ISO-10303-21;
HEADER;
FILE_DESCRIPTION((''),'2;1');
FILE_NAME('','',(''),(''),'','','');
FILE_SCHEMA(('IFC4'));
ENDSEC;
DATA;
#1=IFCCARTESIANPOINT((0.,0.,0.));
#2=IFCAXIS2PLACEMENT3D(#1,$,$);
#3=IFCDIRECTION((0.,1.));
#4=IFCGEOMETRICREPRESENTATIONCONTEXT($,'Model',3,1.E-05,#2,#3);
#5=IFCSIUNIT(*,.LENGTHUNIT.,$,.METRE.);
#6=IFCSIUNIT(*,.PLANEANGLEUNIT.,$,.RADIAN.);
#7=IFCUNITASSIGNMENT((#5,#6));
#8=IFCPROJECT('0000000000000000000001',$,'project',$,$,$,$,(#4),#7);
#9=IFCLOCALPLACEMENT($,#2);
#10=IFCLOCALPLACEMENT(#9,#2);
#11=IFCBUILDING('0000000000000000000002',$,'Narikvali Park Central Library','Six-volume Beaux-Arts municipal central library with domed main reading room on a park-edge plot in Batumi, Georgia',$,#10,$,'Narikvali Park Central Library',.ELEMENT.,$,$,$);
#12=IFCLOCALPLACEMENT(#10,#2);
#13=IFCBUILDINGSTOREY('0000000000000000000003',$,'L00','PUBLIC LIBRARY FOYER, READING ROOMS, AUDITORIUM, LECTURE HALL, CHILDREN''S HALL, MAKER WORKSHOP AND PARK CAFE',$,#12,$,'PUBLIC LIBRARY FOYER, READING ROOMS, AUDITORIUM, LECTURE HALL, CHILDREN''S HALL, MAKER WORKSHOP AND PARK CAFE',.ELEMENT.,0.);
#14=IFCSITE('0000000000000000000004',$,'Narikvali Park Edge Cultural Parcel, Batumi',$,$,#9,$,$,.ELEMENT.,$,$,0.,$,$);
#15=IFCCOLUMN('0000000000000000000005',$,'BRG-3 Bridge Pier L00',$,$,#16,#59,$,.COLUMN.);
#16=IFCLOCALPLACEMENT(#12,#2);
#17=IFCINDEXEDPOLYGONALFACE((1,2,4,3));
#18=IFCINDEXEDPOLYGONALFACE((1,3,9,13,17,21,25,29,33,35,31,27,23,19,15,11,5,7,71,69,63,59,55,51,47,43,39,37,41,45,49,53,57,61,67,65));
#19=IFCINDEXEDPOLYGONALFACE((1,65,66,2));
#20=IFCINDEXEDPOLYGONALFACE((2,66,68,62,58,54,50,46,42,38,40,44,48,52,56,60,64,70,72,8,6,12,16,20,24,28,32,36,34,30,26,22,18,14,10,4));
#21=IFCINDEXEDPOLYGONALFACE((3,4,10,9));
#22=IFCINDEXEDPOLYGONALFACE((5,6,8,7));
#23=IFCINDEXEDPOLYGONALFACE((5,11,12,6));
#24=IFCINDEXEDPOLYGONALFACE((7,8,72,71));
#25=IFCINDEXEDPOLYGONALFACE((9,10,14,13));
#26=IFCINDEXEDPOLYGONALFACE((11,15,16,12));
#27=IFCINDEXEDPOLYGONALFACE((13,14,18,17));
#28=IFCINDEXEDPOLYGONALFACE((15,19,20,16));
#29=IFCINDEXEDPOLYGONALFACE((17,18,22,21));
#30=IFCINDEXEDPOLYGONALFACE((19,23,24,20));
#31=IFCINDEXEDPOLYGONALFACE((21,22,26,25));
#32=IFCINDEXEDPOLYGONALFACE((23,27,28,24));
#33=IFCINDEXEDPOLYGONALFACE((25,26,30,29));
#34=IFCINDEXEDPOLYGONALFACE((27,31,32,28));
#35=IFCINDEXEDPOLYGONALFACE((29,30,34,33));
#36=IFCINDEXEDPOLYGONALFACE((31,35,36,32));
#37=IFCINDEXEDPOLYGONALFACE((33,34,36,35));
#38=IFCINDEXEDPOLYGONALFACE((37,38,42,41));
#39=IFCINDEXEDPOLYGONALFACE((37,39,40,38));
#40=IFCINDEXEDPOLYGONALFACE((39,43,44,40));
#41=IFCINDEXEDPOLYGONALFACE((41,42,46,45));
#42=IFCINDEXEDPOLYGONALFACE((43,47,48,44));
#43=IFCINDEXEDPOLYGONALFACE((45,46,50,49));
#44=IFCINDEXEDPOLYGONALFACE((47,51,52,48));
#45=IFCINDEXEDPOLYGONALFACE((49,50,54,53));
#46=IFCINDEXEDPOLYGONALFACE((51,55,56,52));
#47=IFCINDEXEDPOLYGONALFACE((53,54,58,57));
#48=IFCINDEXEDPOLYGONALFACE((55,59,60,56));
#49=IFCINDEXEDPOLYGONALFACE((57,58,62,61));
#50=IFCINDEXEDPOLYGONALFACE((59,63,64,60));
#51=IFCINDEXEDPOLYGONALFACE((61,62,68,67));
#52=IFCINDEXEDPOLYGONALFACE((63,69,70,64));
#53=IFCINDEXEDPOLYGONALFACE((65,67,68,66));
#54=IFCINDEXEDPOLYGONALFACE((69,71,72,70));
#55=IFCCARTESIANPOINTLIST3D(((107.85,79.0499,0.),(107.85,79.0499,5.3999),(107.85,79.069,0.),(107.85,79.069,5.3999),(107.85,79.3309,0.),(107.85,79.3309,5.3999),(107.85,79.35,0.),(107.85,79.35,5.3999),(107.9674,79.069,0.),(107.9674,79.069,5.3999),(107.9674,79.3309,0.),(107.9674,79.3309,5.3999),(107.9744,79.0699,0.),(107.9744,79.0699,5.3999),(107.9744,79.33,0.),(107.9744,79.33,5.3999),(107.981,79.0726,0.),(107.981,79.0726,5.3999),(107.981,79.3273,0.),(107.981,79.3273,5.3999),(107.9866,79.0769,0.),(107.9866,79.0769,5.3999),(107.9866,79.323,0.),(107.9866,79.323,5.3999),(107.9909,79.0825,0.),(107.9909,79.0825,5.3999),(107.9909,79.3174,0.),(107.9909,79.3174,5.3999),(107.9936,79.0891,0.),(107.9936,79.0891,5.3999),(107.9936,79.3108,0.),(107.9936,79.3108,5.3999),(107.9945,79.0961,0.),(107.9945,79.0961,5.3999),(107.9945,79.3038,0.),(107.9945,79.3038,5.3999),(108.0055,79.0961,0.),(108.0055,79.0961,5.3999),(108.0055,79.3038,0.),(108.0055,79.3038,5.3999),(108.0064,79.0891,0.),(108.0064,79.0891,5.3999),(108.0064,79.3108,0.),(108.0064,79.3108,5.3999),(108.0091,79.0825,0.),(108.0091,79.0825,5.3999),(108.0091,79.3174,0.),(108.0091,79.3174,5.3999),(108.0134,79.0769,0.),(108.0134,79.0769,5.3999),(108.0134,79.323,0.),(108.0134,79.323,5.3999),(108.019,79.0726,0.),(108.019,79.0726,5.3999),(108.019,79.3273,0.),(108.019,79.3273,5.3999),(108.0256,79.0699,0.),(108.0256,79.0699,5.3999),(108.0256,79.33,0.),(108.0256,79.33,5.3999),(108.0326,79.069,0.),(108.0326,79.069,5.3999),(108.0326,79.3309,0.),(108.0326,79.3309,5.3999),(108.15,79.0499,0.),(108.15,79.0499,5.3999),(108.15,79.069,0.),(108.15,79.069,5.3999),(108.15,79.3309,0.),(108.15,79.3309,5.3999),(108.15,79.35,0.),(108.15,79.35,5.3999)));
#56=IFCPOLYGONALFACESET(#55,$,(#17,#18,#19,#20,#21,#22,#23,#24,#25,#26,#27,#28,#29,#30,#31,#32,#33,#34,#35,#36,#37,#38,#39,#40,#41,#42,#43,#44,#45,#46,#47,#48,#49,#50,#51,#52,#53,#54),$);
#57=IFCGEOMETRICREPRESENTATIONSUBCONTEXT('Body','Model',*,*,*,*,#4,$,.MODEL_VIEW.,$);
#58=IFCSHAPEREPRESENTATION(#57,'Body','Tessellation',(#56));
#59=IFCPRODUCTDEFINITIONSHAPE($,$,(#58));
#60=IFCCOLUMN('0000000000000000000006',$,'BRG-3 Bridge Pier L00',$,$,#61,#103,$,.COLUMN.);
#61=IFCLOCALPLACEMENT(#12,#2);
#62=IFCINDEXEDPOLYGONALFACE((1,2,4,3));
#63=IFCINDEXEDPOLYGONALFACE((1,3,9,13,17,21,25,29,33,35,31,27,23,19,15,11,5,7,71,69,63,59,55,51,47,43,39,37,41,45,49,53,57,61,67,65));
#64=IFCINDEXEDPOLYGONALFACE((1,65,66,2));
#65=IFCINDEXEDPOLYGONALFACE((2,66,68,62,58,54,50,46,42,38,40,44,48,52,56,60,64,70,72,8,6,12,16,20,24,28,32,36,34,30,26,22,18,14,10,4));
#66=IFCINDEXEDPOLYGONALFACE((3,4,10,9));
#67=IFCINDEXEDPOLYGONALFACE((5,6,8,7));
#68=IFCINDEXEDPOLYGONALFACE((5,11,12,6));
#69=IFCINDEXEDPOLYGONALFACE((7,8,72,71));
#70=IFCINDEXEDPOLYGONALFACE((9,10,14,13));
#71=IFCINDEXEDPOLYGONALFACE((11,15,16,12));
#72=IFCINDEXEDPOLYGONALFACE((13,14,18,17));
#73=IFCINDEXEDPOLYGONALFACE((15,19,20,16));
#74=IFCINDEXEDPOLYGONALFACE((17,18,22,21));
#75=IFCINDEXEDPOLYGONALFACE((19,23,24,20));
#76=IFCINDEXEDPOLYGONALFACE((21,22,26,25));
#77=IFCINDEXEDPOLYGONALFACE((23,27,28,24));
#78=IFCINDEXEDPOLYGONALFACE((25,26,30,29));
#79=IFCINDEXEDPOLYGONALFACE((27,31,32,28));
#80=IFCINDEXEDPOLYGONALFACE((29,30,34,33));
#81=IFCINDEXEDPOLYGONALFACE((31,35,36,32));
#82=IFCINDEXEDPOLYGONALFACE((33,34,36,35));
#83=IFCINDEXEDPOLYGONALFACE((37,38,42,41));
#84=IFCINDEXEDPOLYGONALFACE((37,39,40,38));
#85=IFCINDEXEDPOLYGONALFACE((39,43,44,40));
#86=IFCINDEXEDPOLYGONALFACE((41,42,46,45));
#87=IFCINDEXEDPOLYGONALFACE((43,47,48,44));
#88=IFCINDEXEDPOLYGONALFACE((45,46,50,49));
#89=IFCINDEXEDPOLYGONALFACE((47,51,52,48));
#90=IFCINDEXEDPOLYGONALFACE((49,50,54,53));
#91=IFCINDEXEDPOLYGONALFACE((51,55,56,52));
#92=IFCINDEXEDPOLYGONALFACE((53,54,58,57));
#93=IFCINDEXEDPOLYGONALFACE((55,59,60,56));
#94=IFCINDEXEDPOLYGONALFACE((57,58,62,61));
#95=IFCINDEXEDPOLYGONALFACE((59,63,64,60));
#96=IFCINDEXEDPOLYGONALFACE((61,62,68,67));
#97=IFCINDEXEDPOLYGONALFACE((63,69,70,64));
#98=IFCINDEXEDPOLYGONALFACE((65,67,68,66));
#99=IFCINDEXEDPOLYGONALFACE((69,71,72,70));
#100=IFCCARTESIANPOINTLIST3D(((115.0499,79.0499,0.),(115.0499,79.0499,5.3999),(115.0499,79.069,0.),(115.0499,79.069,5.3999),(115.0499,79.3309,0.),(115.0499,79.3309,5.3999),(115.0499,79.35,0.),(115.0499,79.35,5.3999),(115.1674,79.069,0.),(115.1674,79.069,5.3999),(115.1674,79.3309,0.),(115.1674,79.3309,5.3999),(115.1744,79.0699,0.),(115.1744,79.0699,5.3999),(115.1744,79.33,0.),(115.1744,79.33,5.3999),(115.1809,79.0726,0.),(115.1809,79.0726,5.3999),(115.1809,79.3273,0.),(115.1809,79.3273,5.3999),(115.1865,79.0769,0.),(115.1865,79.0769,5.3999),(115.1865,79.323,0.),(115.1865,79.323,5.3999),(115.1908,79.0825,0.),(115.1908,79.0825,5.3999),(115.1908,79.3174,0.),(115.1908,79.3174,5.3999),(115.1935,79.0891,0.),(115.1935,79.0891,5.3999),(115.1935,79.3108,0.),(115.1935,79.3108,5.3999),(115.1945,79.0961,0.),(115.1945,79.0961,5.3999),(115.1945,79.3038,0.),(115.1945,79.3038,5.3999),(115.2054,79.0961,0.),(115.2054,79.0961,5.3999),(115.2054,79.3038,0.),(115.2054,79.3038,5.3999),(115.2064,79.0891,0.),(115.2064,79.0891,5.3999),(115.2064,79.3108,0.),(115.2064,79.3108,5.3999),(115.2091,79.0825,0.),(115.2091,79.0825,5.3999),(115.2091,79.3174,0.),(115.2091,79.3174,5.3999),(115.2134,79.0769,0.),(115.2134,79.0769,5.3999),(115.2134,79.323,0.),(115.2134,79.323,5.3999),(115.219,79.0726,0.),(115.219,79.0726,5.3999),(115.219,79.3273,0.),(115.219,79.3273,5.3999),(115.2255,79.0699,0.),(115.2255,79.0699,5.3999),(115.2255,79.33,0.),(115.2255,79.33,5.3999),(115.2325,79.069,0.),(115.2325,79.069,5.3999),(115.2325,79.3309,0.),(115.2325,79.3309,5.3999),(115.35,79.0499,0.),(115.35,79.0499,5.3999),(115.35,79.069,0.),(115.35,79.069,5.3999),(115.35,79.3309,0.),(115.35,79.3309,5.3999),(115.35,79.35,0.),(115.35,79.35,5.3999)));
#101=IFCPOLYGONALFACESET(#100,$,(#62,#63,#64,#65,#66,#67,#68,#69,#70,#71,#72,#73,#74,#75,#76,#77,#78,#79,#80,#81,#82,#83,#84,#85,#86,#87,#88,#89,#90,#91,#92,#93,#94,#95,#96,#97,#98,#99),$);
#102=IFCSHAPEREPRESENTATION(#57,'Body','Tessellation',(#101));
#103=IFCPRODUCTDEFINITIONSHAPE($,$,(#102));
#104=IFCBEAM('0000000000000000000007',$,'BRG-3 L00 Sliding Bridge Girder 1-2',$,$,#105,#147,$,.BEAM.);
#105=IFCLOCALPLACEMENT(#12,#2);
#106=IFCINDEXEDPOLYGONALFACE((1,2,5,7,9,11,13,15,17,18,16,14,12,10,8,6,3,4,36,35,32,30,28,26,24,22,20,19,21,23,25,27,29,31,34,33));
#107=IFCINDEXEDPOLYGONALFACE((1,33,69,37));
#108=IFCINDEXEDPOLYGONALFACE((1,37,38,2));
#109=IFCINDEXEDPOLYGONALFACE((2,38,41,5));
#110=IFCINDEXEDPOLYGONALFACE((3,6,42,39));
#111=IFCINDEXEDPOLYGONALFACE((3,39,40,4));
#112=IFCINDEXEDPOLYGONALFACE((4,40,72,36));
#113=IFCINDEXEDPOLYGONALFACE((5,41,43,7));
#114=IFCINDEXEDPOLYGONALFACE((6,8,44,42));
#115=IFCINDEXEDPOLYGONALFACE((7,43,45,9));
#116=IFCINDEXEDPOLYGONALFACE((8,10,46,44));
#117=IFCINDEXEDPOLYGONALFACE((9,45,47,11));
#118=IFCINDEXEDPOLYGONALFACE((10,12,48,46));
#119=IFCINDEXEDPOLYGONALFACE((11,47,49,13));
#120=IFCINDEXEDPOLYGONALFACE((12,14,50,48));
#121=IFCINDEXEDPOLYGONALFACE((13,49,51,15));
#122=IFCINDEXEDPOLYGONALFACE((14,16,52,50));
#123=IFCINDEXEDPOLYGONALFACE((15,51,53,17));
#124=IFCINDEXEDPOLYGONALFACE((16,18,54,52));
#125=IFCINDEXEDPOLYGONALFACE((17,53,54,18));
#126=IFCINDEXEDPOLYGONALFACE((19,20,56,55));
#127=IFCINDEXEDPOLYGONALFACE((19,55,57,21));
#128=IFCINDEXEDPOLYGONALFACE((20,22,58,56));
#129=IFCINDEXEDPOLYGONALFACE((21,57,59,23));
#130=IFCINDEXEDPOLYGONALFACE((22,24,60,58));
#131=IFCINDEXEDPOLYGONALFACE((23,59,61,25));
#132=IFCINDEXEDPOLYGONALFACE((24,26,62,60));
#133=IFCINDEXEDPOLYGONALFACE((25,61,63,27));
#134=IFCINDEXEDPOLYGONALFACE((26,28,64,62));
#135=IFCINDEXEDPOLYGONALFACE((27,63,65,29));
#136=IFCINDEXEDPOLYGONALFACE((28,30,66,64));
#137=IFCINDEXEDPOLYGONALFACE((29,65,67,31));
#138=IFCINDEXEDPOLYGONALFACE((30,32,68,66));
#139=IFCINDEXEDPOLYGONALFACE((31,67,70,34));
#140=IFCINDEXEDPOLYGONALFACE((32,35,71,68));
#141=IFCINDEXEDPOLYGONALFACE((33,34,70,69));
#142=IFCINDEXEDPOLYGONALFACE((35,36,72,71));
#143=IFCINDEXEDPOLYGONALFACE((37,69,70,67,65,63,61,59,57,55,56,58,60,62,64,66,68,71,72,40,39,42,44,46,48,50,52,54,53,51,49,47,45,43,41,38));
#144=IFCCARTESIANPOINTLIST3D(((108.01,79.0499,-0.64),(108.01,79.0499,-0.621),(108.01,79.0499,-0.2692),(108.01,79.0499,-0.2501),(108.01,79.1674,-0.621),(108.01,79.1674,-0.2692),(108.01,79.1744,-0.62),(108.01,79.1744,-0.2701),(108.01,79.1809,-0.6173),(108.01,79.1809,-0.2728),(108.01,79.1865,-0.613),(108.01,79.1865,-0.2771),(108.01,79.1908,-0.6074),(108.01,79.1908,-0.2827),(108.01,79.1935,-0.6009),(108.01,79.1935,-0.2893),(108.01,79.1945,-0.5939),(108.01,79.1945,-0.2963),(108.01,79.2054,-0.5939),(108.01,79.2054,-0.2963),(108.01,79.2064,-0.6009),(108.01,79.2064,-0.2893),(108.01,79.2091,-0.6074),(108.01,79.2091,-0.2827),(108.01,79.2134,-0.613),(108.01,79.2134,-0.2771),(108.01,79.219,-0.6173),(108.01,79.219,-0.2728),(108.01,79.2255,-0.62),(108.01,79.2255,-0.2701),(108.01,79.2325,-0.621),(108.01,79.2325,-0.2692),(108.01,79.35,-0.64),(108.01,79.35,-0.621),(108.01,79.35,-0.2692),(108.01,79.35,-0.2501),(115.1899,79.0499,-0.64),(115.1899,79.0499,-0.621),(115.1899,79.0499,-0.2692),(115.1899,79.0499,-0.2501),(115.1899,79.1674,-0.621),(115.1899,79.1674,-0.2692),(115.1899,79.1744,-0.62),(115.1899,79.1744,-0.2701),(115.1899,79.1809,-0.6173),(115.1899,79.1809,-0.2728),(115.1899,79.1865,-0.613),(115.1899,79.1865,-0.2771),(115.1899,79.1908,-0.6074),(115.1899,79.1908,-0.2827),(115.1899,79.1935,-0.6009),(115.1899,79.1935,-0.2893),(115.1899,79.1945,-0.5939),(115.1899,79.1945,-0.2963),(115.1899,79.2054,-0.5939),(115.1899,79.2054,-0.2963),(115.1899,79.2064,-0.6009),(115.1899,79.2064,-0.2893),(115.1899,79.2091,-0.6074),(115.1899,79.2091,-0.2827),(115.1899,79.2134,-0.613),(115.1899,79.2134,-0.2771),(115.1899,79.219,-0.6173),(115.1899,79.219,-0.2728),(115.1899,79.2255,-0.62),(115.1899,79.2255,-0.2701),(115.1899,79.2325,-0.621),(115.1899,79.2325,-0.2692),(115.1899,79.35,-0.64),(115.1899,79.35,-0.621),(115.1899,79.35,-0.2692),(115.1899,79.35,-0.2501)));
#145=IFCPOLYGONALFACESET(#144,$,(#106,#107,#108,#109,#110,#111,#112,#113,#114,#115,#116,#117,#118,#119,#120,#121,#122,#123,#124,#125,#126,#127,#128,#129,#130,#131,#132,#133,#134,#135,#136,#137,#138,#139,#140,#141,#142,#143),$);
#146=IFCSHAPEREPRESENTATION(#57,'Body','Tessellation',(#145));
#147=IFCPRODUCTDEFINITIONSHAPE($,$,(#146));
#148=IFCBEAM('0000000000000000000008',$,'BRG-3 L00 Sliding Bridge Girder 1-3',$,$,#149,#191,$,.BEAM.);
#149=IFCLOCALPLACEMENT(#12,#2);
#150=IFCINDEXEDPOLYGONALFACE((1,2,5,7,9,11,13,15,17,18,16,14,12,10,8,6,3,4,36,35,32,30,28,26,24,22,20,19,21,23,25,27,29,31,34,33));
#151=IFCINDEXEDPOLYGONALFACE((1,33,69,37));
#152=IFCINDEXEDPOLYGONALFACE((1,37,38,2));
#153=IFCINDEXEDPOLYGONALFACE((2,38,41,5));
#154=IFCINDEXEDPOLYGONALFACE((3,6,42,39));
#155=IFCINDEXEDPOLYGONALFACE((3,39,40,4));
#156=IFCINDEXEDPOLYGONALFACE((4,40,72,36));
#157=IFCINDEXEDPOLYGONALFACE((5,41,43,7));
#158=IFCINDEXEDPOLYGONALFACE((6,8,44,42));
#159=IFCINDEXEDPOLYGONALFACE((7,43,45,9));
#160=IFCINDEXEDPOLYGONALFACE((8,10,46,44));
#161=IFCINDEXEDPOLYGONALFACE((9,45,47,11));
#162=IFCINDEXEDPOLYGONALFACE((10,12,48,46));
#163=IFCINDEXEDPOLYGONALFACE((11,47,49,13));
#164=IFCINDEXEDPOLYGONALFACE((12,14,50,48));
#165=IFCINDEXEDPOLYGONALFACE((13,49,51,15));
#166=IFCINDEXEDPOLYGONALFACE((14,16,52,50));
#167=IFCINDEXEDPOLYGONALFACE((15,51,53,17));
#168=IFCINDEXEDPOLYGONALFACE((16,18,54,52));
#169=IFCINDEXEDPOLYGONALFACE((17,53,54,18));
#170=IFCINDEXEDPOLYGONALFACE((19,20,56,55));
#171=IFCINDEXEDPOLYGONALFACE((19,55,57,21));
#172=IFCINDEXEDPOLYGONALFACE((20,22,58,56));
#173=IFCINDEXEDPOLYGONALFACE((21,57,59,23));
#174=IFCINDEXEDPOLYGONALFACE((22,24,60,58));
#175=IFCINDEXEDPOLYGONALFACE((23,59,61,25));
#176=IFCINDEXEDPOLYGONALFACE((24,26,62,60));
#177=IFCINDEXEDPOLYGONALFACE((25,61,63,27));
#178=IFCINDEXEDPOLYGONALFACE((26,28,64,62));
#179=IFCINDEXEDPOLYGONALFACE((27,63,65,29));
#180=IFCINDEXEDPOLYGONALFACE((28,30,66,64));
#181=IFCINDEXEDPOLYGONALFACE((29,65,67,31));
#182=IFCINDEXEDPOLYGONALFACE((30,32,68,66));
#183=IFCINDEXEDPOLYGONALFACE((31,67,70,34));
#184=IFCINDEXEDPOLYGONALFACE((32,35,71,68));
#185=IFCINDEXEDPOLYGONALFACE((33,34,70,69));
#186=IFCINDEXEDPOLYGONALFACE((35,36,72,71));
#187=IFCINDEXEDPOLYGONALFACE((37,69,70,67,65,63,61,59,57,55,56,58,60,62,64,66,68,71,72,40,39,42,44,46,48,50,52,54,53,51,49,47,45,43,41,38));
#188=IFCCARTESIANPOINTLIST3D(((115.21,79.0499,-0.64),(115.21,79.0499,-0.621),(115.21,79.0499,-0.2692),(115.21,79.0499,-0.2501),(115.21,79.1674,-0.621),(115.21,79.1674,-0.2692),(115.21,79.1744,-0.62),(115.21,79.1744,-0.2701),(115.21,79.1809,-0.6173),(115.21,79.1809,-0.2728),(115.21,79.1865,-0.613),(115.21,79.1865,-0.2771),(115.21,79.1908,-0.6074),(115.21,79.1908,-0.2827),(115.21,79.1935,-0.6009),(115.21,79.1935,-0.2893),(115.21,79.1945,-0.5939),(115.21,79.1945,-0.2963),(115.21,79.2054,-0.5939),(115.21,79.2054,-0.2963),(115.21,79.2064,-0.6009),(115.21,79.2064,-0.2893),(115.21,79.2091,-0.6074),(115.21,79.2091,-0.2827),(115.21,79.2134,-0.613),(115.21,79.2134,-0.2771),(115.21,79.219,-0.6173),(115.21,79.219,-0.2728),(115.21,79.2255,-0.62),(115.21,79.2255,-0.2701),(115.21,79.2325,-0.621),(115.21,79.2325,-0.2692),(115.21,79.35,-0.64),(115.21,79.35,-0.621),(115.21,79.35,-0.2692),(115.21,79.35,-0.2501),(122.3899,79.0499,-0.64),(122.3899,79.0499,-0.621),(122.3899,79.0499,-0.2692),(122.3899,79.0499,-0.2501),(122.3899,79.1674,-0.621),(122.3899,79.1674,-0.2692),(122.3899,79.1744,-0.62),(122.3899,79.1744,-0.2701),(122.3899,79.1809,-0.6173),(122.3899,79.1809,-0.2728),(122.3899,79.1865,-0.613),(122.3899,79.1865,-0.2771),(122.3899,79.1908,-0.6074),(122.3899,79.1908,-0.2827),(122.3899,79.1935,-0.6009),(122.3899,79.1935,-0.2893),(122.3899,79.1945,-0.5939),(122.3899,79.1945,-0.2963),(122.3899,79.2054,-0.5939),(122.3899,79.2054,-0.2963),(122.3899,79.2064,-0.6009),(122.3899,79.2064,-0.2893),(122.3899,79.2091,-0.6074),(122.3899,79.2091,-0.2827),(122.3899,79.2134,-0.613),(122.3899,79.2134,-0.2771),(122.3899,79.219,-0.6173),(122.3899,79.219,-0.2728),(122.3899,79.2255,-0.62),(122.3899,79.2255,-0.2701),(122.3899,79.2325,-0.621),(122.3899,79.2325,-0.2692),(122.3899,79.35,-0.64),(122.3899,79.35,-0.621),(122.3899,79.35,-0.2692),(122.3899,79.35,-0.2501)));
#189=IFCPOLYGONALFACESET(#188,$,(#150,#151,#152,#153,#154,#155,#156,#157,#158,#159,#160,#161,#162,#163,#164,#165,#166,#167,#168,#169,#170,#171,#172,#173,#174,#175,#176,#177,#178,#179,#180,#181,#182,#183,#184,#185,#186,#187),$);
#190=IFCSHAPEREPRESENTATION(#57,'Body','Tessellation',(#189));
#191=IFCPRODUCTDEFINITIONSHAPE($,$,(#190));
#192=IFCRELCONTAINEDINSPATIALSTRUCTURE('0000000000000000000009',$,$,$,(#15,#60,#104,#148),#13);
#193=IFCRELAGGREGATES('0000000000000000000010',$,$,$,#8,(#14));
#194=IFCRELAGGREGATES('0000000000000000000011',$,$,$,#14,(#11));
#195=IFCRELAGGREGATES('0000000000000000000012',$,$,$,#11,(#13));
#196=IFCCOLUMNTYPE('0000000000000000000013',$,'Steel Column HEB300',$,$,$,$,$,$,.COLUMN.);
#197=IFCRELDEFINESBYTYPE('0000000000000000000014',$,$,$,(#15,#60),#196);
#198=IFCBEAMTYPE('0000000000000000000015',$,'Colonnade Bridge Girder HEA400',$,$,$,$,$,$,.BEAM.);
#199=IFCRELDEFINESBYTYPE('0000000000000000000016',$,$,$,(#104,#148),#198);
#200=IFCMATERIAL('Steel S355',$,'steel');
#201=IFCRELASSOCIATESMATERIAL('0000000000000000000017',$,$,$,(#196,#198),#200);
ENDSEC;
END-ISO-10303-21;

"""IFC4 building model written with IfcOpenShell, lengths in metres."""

from ifc_helpers import new_model, si_unit, direction, frame, origin, origin_2d, place, context, subcontext, project, spatial, i_section, extrude, material, material_profile, profile_set, type_object, element, save


model = new_model("IFC4")

# Units and contexts
model_context = context("Model", 3, precision=1e-05, world=origin(), true_north=direction((0.0, 1.0)))
body_context = subcontext(model_context, "Body", "Model", "MODEL_VIEW")
ifc_project = project(units=[si_unit("LENGTHUNIT", "METRE"), si_unit("PLANEANGLEUNIT", "RADIAN")], contexts=[model_context])

# Site, building, storey
site_placement = place(None, origin())
site = spatial("IfcSite", under=ifc_project, at=site_placement, Name="Narikvali Park Edge Cultural Parcel, Batumi", CompositionType="ELEMENT", RefElevation=0.0)
building_placement = place(site_placement, origin())
building = spatial("IfcBuilding", under=site, at=building_placement, Name="Narikvali Park Central Library", Description="Six-volume Beaux-Arts municipal central library with domed main reading room on a park-edge plot in Batumi, Georgia", LongName="Narikvali Park Central Library", CompositionType="ELEMENT")
storey_placement = place(building_placement, origin())
storey = spatial("IfcBuildingStorey", under=building, at=storey_placement, Name="L00", Description="PUBLIC LIBRARY FOYER, READING ROOMS, AUDITORIUM, LECTURE HALL, CHILDREN'S HALL, MAKER WORKSHOP AND PARK CAFE", LongName="PUBLIC LIBRARY FOYER, READING ROOMS, AUDITORIUM, LECTURE HALL, CHILDREN'S HALL, MAKER WORKSHOP AND PARK CAFE", CompositionType="ELEMENT", Elevation=0.0)

# Columns
ifc_material_1 = material(Name="Steel S355", Category="steel")
ifc_material_profile_1 = material_profile(ifc_material_1, i_section(OverallWidth=0.3, OverallDepth=0.3, WebThickness=0.011, FlangeThickness=0.019, FilletRadius=0.0271, at=origin_2d()), Name="HEB 300")
ifc_profile_set_1 = profile_set([ifc_material_profile_1], Name="Steel S355")
column_type = type_object("IfcColumnType", Name="Steel Column HEB300", PredefinedType="COLUMN", material=ifc_profile_set_1)
for number, where, z_axis, x_axis, name in (
    (1, (108.0, 79.2, 0.0), (0.0, 0.0, 1.0), (1.0, 0.0, 0.0), "BRG-3 Bridge Pier L00"),
    (2, (115.2, 79.2, 0.0), (0.0, 0.0, 1.0), (1.0, 0.0, 0.0), "BRG-3 Bridge Pier L00"),
):
    element("IfcColumn", number, at=place(storey_placement, frame(where, z_axis=z_axis, x_axis=x_axis)), inside=storey, type_object=column_type, Name=name, PredefinedType="COLUMN", context=body_context, shape_type="SweptSolid", body=[
        extrude(i_section(OverallWidth=0.3, OverallDepth=0.3, WebThickness=0.011, FlangeThickness=0.019, FilletRadius=0.0271, at=origin_2d()), origin(), (0.0, 0.0, 1.0), 5.3999),
    ])

# Beams
ifc_material_profile_2 = material_profile(ifc_material_1, i_section(OverallWidth=0.3, OverallDepth=0.3899, WebThickness=0.011, FlangeThickness=0.019, FilletRadius=0.0271, at=origin_2d()), Name="HEA 400")
ifc_profile_set_2 = profile_set([ifc_material_profile_2], Name="Steel S355")
beam_type = type_object("IfcBeamType", Name="Colonnade Bridge Girder HEA400", PredefinedType="BEAM", material=ifc_profile_set_2)
for number, where, z_axis, x_axis, name in (
    (3, (108.01, 79.2, -0.4451), (1.0, 0.0, 0.0), (0.0, 1.0, 0.0), "BRG-3 L00 Sliding Bridge Girder 1-2"),
    (4, (115.21, 79.2, -0.4451), (1.0, 0.0, 0.0), (0.0, 1.0, 0.0), "BRG-3 L00 Sliding Bridge Girder 1-3"),
):
    element("IfcBeam", number, at=place(storey_placement, frame(where, z_axis=z_axis, x_axis=x_axis)), inside=storey, type_object=beam_type, Name=name, PredefinedType="BEAM", context=body_context, shape_type="SweptSolid", body=[
        extrude(i_section(OverallWidth=0.3, OverallDepth=0.3899, WebThickness=0.011, FlangeThickness=0.019, FilletRadius=0.0271, at=origin_2d()), origin(), (0.0, 0.0, 1.0), 7.1799),
    ])

save(model, "model.ifc")
